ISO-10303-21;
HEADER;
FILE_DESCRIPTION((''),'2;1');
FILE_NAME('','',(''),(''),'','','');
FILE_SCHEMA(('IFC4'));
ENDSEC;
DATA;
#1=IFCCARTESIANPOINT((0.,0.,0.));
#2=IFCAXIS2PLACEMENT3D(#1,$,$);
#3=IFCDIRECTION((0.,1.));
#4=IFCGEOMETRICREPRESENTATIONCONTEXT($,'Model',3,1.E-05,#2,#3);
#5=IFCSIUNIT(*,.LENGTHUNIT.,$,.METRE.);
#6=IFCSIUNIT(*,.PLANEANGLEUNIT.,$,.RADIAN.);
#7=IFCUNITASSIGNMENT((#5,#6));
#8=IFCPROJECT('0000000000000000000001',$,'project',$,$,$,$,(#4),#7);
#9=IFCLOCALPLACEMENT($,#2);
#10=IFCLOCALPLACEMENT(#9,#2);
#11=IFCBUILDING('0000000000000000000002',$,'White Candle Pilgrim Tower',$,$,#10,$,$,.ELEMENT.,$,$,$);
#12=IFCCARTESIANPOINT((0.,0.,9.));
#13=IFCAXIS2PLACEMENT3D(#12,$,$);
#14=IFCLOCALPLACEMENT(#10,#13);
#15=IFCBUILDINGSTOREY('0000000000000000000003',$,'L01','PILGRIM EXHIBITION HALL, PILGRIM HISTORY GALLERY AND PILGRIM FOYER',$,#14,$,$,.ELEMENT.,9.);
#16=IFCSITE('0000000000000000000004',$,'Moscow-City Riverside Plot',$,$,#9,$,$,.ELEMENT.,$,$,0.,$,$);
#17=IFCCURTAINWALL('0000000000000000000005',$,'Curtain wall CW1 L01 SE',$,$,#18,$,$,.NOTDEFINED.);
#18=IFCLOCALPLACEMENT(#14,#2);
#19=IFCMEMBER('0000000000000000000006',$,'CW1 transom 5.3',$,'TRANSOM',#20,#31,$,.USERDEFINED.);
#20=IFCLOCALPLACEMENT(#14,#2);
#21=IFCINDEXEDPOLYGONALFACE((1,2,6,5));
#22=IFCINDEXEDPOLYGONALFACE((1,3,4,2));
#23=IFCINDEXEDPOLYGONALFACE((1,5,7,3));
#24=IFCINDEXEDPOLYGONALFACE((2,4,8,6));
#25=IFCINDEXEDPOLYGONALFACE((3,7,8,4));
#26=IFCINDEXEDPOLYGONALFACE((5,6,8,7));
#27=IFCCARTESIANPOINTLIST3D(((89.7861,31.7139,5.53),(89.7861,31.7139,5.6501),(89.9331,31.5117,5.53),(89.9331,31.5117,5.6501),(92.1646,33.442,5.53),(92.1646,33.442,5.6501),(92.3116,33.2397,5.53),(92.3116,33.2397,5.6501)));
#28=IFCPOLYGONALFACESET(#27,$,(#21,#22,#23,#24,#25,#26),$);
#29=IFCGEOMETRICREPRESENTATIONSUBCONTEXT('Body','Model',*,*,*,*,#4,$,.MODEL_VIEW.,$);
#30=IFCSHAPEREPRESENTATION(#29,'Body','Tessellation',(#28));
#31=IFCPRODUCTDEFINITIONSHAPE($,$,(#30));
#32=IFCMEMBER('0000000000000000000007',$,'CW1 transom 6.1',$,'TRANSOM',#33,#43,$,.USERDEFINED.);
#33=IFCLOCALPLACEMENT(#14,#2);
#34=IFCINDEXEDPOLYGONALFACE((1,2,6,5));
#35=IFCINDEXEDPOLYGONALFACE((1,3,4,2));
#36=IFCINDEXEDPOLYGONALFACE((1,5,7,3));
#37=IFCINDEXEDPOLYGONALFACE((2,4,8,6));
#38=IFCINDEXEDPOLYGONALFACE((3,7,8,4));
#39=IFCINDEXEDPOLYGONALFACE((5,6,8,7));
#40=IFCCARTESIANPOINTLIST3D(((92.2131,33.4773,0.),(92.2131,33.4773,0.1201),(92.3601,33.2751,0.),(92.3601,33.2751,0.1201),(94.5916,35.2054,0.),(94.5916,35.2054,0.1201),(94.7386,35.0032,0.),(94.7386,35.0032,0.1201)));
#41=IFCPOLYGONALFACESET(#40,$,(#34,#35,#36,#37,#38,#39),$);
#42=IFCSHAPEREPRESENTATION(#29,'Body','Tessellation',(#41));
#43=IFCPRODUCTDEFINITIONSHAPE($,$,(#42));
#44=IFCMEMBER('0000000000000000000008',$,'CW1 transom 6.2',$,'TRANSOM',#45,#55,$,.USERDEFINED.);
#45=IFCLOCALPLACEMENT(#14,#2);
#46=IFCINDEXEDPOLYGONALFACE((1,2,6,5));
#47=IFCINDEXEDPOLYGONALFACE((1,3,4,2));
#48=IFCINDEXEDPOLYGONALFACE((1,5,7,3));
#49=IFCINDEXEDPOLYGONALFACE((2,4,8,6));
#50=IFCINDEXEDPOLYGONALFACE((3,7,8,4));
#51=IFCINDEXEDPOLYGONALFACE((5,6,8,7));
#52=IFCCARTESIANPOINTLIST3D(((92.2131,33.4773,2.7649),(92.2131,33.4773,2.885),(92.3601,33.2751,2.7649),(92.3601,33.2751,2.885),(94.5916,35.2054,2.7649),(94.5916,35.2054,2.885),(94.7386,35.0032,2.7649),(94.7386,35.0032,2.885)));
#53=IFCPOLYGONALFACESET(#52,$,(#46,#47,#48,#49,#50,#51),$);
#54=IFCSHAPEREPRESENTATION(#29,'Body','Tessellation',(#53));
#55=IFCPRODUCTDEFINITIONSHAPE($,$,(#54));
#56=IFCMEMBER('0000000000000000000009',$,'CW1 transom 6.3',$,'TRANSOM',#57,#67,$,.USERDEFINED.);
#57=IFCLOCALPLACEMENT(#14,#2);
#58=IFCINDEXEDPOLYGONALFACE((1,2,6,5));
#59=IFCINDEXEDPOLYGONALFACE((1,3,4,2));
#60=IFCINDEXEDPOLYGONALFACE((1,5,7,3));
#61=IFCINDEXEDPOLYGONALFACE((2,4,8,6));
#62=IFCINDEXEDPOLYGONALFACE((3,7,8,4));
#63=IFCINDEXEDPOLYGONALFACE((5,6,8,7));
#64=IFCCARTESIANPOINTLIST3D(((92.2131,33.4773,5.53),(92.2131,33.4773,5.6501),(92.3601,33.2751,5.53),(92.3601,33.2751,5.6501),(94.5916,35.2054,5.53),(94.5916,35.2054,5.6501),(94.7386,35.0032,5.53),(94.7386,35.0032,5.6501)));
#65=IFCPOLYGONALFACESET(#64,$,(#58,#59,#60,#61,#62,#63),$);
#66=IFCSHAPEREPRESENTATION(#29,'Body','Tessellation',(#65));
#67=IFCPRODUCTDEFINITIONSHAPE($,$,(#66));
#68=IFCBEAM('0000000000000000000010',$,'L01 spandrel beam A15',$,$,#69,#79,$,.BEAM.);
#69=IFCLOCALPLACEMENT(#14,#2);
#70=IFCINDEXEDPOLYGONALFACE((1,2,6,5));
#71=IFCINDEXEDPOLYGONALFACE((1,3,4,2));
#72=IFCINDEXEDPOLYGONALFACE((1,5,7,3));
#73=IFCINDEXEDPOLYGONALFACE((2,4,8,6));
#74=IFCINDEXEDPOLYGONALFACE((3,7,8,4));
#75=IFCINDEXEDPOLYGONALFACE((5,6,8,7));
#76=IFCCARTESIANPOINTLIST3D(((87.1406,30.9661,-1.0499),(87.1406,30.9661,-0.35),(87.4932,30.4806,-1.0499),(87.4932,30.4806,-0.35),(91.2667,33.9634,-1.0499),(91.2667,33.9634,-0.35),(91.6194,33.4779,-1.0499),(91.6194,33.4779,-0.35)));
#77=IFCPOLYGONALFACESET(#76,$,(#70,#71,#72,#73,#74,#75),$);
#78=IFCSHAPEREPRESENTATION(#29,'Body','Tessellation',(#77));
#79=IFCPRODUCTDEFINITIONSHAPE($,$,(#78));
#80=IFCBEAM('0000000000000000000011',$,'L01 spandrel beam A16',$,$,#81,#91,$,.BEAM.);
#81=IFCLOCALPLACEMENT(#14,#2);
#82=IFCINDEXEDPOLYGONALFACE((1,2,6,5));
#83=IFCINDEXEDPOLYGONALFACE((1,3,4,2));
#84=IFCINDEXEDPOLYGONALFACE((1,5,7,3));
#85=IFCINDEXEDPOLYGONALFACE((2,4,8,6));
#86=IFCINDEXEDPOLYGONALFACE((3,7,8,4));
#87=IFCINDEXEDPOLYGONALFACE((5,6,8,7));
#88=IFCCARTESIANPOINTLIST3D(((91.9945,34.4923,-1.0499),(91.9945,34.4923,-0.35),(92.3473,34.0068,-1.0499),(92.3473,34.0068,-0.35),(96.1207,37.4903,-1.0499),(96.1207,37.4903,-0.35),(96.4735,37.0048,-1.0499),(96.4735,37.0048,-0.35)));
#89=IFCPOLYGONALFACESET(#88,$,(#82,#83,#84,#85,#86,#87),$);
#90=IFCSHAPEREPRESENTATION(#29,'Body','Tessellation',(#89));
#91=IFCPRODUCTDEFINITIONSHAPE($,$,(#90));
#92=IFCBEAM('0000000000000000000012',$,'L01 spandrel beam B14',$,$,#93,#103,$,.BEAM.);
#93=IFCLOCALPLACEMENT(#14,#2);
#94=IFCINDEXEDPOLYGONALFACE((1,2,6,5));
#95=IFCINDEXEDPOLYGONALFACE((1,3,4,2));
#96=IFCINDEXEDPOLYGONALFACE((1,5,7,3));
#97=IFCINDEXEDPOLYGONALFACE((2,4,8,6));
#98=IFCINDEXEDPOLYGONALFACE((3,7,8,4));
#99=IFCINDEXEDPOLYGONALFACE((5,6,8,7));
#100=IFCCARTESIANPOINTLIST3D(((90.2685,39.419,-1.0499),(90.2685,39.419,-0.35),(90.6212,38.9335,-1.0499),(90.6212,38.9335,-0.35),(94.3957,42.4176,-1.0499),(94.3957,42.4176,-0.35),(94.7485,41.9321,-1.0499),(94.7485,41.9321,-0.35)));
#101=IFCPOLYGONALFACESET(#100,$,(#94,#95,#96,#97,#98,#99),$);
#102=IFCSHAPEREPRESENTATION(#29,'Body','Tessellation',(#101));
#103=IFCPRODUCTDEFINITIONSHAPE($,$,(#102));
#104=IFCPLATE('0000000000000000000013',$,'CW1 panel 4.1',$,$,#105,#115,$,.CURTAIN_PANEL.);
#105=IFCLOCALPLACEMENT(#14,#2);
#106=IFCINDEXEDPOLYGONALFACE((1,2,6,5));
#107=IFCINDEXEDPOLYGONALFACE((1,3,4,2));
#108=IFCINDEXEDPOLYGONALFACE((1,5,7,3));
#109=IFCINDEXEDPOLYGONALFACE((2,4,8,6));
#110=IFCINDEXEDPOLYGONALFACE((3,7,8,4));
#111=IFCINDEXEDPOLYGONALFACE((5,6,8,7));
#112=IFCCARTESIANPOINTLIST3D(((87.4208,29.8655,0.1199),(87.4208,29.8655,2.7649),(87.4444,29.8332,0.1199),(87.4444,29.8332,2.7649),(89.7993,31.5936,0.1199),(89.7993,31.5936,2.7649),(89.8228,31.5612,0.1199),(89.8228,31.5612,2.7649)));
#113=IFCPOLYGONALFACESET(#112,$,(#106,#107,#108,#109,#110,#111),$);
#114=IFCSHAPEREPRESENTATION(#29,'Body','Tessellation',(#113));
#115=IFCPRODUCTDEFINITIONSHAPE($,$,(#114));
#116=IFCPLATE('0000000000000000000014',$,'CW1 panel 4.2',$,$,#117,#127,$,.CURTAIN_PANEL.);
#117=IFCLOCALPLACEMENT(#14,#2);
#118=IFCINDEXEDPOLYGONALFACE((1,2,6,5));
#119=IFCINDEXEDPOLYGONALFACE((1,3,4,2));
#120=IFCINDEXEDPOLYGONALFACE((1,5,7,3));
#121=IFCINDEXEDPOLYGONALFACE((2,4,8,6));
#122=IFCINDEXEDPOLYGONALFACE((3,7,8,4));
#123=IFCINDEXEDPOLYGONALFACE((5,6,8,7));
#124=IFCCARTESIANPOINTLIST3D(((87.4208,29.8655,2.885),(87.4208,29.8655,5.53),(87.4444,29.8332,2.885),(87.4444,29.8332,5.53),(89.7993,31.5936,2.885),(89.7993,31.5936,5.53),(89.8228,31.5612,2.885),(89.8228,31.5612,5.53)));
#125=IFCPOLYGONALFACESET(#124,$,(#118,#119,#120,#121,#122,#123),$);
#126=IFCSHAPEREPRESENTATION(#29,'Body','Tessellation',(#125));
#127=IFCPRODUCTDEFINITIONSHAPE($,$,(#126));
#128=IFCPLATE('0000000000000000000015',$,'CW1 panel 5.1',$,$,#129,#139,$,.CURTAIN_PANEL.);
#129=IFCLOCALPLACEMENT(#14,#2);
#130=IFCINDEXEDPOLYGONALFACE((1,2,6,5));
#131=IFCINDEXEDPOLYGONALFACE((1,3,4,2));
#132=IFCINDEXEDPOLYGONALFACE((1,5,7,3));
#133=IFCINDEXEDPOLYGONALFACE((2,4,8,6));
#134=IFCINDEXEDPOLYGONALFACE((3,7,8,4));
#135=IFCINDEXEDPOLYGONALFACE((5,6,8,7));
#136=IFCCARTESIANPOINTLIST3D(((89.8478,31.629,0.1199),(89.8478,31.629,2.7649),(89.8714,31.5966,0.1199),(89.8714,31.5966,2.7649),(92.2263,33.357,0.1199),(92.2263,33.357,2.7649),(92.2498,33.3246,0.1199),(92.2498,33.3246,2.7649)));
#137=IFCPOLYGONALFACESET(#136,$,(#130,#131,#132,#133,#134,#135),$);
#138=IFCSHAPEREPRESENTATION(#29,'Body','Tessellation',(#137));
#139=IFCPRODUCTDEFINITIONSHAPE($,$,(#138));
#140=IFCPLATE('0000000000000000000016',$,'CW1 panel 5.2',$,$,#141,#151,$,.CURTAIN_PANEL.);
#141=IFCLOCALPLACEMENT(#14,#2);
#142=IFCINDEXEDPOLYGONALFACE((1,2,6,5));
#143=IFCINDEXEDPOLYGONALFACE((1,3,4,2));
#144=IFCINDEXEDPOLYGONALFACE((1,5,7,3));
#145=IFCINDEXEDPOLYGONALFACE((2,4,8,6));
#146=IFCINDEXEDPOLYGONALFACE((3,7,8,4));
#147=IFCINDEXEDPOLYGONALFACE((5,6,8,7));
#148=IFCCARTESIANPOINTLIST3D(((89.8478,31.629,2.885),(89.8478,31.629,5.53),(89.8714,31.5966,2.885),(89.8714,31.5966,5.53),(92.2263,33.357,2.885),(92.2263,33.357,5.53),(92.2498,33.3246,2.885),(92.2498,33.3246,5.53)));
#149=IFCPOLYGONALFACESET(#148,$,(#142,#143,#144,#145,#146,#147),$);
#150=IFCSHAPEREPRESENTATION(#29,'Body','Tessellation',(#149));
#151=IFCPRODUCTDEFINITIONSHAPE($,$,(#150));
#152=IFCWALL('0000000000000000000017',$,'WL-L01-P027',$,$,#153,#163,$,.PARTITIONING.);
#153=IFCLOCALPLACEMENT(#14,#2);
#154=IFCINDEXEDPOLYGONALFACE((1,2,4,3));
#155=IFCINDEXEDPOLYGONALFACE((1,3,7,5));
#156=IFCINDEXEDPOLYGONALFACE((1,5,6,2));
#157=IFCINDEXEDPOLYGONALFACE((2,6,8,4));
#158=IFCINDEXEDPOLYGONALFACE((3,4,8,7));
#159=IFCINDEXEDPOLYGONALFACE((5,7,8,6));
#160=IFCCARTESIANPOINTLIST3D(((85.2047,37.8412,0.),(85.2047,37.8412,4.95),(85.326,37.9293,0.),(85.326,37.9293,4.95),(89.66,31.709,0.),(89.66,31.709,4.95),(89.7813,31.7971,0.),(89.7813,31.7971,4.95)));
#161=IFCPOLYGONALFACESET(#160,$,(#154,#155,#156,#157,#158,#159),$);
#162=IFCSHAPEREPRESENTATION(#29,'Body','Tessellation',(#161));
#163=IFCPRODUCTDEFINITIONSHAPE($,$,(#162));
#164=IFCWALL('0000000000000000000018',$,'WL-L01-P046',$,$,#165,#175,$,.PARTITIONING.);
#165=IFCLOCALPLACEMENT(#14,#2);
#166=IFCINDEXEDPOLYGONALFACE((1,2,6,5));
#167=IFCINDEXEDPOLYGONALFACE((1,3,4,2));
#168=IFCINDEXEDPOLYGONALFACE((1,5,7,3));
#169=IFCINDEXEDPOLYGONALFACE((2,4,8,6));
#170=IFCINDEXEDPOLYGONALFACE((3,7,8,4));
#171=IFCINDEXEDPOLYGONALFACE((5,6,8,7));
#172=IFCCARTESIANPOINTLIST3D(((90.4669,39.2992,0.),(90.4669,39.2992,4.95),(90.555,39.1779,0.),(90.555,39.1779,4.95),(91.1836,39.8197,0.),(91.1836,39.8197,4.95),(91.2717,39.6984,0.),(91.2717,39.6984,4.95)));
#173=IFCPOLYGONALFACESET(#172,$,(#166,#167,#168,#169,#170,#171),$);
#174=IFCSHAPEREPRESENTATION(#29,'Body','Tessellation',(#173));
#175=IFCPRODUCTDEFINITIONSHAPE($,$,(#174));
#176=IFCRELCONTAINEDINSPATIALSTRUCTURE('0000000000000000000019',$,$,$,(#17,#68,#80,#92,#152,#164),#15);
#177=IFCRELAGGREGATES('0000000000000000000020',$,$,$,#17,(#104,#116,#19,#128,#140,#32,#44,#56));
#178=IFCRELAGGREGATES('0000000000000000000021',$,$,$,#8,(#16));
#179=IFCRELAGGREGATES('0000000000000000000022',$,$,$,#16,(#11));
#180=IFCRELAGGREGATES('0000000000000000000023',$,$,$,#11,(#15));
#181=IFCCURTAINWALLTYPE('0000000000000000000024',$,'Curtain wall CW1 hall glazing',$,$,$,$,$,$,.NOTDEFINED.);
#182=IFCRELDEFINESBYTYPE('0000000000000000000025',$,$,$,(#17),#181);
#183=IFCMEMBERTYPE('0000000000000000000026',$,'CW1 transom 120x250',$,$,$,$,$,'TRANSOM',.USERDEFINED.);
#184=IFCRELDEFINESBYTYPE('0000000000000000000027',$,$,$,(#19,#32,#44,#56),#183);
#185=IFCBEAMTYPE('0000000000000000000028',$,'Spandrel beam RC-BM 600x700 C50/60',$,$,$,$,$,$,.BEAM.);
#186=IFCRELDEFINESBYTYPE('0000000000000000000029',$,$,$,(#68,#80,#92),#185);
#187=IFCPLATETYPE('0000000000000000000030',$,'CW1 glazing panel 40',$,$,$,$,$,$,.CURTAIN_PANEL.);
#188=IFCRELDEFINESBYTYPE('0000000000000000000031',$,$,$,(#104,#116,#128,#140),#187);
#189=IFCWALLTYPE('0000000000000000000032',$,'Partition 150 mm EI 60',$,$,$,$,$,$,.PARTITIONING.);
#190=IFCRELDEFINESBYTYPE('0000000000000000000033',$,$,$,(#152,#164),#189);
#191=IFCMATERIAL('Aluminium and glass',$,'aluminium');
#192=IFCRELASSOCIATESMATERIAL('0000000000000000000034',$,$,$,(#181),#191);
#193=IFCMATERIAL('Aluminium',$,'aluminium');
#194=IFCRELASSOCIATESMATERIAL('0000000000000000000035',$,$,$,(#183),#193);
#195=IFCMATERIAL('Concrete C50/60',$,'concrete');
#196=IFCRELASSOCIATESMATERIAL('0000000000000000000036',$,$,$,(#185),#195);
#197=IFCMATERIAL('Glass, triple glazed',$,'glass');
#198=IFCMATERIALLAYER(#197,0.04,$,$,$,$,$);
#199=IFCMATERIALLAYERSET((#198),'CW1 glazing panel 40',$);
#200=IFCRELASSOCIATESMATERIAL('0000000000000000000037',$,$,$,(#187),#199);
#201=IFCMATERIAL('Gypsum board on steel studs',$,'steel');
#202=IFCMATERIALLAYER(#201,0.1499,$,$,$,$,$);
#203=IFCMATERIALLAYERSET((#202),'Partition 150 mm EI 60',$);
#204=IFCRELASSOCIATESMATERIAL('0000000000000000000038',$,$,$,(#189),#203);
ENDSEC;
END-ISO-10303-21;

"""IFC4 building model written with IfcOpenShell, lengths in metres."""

from ifc_helpers import new_model, si_unit, direction, frame, frame_2d, origin, origin_2d, place, context, subcontext, project, spatial, rectangle, extrude, material, layer, layer_set, material_profile, profile_set, type_object, element, aggregate, save


model = new_model("IFC4")

# Units and contexts
model_context = context("Model", 3, precision=1e-05, world=origin(), true_north=direction((0.0, 1.0)))
body_context = subcontext(model_context, "Body", "Model", "MODEL_VIEW")
ifc_project = project(units=[si_unit("LENGTHUNIT", "METRE"), si_unit("PLANEANGLEUNIT", "RADIAN")], contexts=[model_context])

# Site, building, storey
site_placement = place(None, origin())
site = spatial("IfcSite", under=ifc_project, at=site_placement, Name="Moscow-City Riverside Plot", CompositionType="ELEMENT", RefElevation=0.0)
building_placement = place(site_placement, origin())
building = spatial("IfcBuilding", under=site, at=building_placement, Name="White Candle Pilgrim Tower", CompositionType="ELEMENT")
storey_placement = place(building_placement, frame((0.0, 0.0, 9.0)))
storey = spatial("IfcBuildingStorey", under=building, at=storey_placement, Name="L01", Description="PILGRIM EXHIBITION HALL, PILGRIM HISTORY GALLERY AND PILGRIM FOYER", CompositionType="ELEMENT", Elevation=9.0)

# Curtain wall, members
ifc_material_1 = material(Name="Aluminium and glass", Category="aluminium")
curtain_wall_type = type_object("IfcCurtainWallType", Name="Curtain wall CW1 hall glazing", PredefinedType="NOTDEFINED", material=ifc_material_1)
curtain_wall_placement = place(storey_placement, origin())
curtain_wall = element("IfcCurtainWall", 1, at=curtain_wall_placement, inside=storey, type_object=curtain_wall_type, Name="Curtain wall CW1 L01 SE", PredefinedType="NOTDEFINED")
ifc_material_2 = material(Name="Aluminium", Category="aluminium")
ifc_material_profile_1 = material_profile(ifc_material_2, rectangle(XDim=0.25, YDim=0.1201, at=origin_2d()), Name="CW1 transom 120x250")
ifc_profile_set_1 = profile_set([ifc_material_profile_1], Name="Aluminium")
member_type_1 = type_object("IfcMemberType", Name="CW1 transom 120x250", ElementType="TRANSOM", PredefinedType="USERDEFINED", material=ifc_profile_set_1)
member_1_placement = place(storey_placement, frame((89.8596, 31.6128, 5.5901), z_axis=(0.809016, 0.587786, 0.0), x_axis=(-0.587786, 0.809016, 0.0)))
member_1 = element("IfcMember", 2, at=member_1_placement, type_object=member_type_1, Name="CW1 transom 5.3", ObjectType="TRANSOM", PredefinedType="USERDEFINED", context=body_context, shape_type="SweptSolid", body=[
    extrude(rectangle(XDim=0.25, YDim=0.1201, at=origin_2d()), origin(), (0.0, 0.0, 1.0), 2.9399),
])
member_2_placement = place(storey_placement, frame((92.2866, 33.3762, 0.0601), z_axis=(0.809016, 0.587786, 0.0), x_axis=(-0.587786, 0.809016, 0.0)))
member_2 = element("IfcMember", 3, at=member_2_placement, type_object=member_type_1, Name="CW1 transom 6.1", ObjectType="TRANSOM", PredefinedType="USERDEFINED", context=body_context, shape_type="SweptSolid", body=[
    extrude(rectangle(XDim=0.25, YDim=0.1201, at=origin_2d()), origin(), (0.0, 0.0, 1.0), 2.9399),
])
member_3_placement = place(storey_placement, frame((92.2866, 33.3762, 2.825), z_axis=(0.809016, 0.587786, 0.0), x_axis=(-0.587786, 0.809016, 0.0)))
member_3 = element("IfcMember", 4, at=member_3_placement, type_object=member_type_1, Name="CW1 transom 6.2", ObjectType="TRANSOM", PredefinedType="USERDEFINED", context=body_context, shape_type="SweptSolid", body=[
    extrude(rectangle(XDim=0.25, YDim=0.1201, at=origin_2d()), origin(), (0.0, 0.0, 1.0), 2.9399),
])
member_4_placement = place(storey_placement, frame((92.2866, 33.3762, 5.5901), z_axis=(0.809016, 0.587786, 0.0), x_axis=(-0.587786, 0.809016, 0.0)))
member_4 = element("IfcMember", 5, at=member_4_placement, type_object=member_type_1, Name="CW1 transom 6.3", ObjectType="TRANSOM", PredefinedType="USERDEFINED", context=body_context, shape_type="SweptSolid", body=[
    extrude(rectangle(XDim=0.25, YDim=0.1201, at=origin_2d()), origin(), (0.0, 0.0, 1.0), 2.9399),
])

# Beams
ifc_material_3 = material(Name="Concrete C50/60", Category="concrete")
ifc_material_profile_2 = material_profile(ifc_material_3, rectangle(XDim=0.6001, YDim=0.7, at=origin_2d()), Name="RC-BM 600x700")
ifc_profile_set_2 = profile_set([ifc_material_profile_2], Name="Concrete C50/60")
beam_type = type_object("IfcBeamType", Name="Spandrel beam RC-BM 600x700 C50/60", PredefinedType="BEAM", material=ifc_profile_set_2)
beam_1_placement = place(storey_placement, frame((87.3169, 30.7234, -0.7), z_axis=(0.809069, 0.587713, 0.0), x_axis=(-0.587713, 0.809069, 0.0)))
element("IfcBeam", 6, at=beam_1_placement, inside=storey, type_object=beam_type, Name="L01 spandrel beam A15", PredefinedType="BEAM", context=body_context, shape_type="SweptSolid", body=[
    extrude(rectangle(XDim=0.6001, YDim=0.7, at=origin_2d()), origin(), (0.0, 0.0, 1.0), 5.0999),
])
beam_2_placement = place(storey_placement, frame((92.1709, 34.2495, -0.7), z_axis=(0.809001, 0.587807, 0.0), x_axis=(-0.587807, 0.809001, 0.0)))
element("IfcBeam", 7, at=beam_2_placement, inside=storey, type_object=beam_type, Name="L01 spandrel beam A16", PredefinedType="BEAM", context=body_context, shape_type="SweptSolid", body=[
    extrude(rectangle(XDim=0.6001, YDim=0.7, at=origin_2d()), origin(), (0.0, 0.0, 1.0), 5.1003),
])
beam_3_placement = place(storey_placement, frame((90.4448, 39.1763, -0.7), z_axis=(0.809022, 0.587779, 0.0), x_axis=(-0.587779, 0.809022, 0.0)))
element("IfcBeam", 8, at=beam_3_placement, inside=storey, type_object=beam_type, Name="L01 spandrel beam B14", PredefinedType="BEAM", context=body_context, shape_type="SweptSolid", body=[
    extrude(rectangle(XDim=0.6001, YDim=0.7, at=origin_2d()), origin(), (0.0, 0.0, 1.0), 5.1016),
])

# Plates
ifc_material_4 = material(Name="Glass, triple glazed", Category="glass")
ifc_layer_1 = layer(ifc_material_4, 0.04)
ifc_layer_set_1 = layer_set([ifc_layer_1], Name="CW1 glazing panel 40")
plate_type = type_object("IfcPlateType", Name="CW1 glazing panel 40", PredefinedType="CURTAIN_PANEL", material=ifc_layer_set_1)
plate_1_placement = place(storey_placement, frame((88.6218, 30.7134, 0.1199), z_axis=(0.0, 0.0, 1.0), x_axis=(0.809017, 0.587785, 0.0)))
plate_1 = element("IfcPlate", 9, at=plate_1_placement, type_object=plate_type, Name="CW1 panel 4.1", PredefinedType="CURTAIN_PANEL", context=body_context, shape_type="SweptSolid", body=[
    extrude(rectangle(XDim=2.9399, YDim=0.04, at=origin_2d()), origin(), (0.0, 0.0, 1.0), 2.645),
])
plate_2_placement = place(storey_placement, frame((88.6218, 30.7134, 2.885), z_axis=(0.0, 0.0, 1.0), x_axis=(0.809017, 0.587785, 0.0)))
plate_2 = element("IfcPlate", 10, at=plate_2_placement, type_object=plate_type, Name="CW1 panel 4.2", PredefinedType="CURTAIN_PANEL", context=body_context, shape_type="SweptSolid", body=[
    extrude(rectangle(XDim=2.9399, YDim=0.04, at=origin_2d()), origin(), (0.0, 0.0, 1.0), 2.645),
])
plate_3_placement = place(storey_placement, frame((91.0488, 32.4768, 0.1199), z_axis=(0.0, 0.0, 1.0), x_axis=(0.809017, 0.587785, 0.0)))
plate_3 = element("IfcPlate", 11, at=plate_3_placement, type_object=plate_type, Name="CW1 panel 5.1", PredefinedType="CURTAIN_PANEL", context=body_context, shape_type="SweptSolid", body=[
    extrude(rectangle(XDim=2.9399, YDim=0.04, at=origin_2d()), origin(), (0.0, 0.0, 1.0), 2.645),
])
plate_4_placement = place(storey_placement, frame((91.0488, 32.4768, 2.885), z_axis=(0.0, 0.0, 1.0), x_axis=(0.809017, 0.587785, 0.0)))
plate_4 = element("IfcPlate", 12, at=plate_4_placement, type_object=plate_type, Name="CW1 panel 5.2", PredefinedType="CURTAIN_PANEL", context=body_context, shape_type="SweptSolid", body=[
    extrude(rectangle(XDim=2.9399, YDim=0.04, at=origin_2d()), origin(), (0.0, 0.0, 1.0), 2.645),
])
aggregate(curtain_wall, [plate_1, plate_2, member_1, plate_3, plate_4, member_2, member_3, member_4])

# Walls
ifc_material_5 = material(Name="Gypsum board on steel studs", Category="steel")
ifc_layer_2 = layer(ifc_material_5, 0.1499)
ifc_layer_set_2 = layer_set([ifc_layer_2], Name="Partition 150 mm EI 60")
wall_type = type_object("IfcWallType", Name="Partition 150 mm EI 60", PredefinedType="PARTITIONING", material=ifc_layer_set_2)
wall_1_placement = place(storey_placement, frame((89.7207, 31.7529, 0.0), z_axis=(0.0, 0.0, 1.0), x_axis=(-0.587779, 0.809022, 0.0)))
element("IfcWall", 13, at=wall_1_placement, inside=storey, type_object=wall_type, Name="WL-L01-P027", PredefinedType="PARTITIONING", context=body_context, shape_type="SweptSolid", body=[
    extrude(rectangle(XDim=7.5798, YDim=0.1499, at=frame_2d((3.79, 0.0))), origin(), (0.0, 0.0, 1.0), 4.95),
])
wall_2_placement = place(storey_placement, frame((90.511, 39.2385, 0.0), z_axis=(0.0, 0.0, 1.0), x_axis=(0.80907, 0.587713, 0.0)))
element("IfcWall", 14, at=wall_2_placement, inside=storey, type_object=wall_type, Name="WL-L01-P046", PredefinedType="PARTITIONING", context=body_context, shape_type="SweptSolid", body=[
    extrude(rectangle(XDim=0.8857, YDim=0.1499, at=frame_2d((0.4429, 0.0))), origin(), (0.0, 0.0, 1.0), 4.95),
])

save(model, "model.ifc")
